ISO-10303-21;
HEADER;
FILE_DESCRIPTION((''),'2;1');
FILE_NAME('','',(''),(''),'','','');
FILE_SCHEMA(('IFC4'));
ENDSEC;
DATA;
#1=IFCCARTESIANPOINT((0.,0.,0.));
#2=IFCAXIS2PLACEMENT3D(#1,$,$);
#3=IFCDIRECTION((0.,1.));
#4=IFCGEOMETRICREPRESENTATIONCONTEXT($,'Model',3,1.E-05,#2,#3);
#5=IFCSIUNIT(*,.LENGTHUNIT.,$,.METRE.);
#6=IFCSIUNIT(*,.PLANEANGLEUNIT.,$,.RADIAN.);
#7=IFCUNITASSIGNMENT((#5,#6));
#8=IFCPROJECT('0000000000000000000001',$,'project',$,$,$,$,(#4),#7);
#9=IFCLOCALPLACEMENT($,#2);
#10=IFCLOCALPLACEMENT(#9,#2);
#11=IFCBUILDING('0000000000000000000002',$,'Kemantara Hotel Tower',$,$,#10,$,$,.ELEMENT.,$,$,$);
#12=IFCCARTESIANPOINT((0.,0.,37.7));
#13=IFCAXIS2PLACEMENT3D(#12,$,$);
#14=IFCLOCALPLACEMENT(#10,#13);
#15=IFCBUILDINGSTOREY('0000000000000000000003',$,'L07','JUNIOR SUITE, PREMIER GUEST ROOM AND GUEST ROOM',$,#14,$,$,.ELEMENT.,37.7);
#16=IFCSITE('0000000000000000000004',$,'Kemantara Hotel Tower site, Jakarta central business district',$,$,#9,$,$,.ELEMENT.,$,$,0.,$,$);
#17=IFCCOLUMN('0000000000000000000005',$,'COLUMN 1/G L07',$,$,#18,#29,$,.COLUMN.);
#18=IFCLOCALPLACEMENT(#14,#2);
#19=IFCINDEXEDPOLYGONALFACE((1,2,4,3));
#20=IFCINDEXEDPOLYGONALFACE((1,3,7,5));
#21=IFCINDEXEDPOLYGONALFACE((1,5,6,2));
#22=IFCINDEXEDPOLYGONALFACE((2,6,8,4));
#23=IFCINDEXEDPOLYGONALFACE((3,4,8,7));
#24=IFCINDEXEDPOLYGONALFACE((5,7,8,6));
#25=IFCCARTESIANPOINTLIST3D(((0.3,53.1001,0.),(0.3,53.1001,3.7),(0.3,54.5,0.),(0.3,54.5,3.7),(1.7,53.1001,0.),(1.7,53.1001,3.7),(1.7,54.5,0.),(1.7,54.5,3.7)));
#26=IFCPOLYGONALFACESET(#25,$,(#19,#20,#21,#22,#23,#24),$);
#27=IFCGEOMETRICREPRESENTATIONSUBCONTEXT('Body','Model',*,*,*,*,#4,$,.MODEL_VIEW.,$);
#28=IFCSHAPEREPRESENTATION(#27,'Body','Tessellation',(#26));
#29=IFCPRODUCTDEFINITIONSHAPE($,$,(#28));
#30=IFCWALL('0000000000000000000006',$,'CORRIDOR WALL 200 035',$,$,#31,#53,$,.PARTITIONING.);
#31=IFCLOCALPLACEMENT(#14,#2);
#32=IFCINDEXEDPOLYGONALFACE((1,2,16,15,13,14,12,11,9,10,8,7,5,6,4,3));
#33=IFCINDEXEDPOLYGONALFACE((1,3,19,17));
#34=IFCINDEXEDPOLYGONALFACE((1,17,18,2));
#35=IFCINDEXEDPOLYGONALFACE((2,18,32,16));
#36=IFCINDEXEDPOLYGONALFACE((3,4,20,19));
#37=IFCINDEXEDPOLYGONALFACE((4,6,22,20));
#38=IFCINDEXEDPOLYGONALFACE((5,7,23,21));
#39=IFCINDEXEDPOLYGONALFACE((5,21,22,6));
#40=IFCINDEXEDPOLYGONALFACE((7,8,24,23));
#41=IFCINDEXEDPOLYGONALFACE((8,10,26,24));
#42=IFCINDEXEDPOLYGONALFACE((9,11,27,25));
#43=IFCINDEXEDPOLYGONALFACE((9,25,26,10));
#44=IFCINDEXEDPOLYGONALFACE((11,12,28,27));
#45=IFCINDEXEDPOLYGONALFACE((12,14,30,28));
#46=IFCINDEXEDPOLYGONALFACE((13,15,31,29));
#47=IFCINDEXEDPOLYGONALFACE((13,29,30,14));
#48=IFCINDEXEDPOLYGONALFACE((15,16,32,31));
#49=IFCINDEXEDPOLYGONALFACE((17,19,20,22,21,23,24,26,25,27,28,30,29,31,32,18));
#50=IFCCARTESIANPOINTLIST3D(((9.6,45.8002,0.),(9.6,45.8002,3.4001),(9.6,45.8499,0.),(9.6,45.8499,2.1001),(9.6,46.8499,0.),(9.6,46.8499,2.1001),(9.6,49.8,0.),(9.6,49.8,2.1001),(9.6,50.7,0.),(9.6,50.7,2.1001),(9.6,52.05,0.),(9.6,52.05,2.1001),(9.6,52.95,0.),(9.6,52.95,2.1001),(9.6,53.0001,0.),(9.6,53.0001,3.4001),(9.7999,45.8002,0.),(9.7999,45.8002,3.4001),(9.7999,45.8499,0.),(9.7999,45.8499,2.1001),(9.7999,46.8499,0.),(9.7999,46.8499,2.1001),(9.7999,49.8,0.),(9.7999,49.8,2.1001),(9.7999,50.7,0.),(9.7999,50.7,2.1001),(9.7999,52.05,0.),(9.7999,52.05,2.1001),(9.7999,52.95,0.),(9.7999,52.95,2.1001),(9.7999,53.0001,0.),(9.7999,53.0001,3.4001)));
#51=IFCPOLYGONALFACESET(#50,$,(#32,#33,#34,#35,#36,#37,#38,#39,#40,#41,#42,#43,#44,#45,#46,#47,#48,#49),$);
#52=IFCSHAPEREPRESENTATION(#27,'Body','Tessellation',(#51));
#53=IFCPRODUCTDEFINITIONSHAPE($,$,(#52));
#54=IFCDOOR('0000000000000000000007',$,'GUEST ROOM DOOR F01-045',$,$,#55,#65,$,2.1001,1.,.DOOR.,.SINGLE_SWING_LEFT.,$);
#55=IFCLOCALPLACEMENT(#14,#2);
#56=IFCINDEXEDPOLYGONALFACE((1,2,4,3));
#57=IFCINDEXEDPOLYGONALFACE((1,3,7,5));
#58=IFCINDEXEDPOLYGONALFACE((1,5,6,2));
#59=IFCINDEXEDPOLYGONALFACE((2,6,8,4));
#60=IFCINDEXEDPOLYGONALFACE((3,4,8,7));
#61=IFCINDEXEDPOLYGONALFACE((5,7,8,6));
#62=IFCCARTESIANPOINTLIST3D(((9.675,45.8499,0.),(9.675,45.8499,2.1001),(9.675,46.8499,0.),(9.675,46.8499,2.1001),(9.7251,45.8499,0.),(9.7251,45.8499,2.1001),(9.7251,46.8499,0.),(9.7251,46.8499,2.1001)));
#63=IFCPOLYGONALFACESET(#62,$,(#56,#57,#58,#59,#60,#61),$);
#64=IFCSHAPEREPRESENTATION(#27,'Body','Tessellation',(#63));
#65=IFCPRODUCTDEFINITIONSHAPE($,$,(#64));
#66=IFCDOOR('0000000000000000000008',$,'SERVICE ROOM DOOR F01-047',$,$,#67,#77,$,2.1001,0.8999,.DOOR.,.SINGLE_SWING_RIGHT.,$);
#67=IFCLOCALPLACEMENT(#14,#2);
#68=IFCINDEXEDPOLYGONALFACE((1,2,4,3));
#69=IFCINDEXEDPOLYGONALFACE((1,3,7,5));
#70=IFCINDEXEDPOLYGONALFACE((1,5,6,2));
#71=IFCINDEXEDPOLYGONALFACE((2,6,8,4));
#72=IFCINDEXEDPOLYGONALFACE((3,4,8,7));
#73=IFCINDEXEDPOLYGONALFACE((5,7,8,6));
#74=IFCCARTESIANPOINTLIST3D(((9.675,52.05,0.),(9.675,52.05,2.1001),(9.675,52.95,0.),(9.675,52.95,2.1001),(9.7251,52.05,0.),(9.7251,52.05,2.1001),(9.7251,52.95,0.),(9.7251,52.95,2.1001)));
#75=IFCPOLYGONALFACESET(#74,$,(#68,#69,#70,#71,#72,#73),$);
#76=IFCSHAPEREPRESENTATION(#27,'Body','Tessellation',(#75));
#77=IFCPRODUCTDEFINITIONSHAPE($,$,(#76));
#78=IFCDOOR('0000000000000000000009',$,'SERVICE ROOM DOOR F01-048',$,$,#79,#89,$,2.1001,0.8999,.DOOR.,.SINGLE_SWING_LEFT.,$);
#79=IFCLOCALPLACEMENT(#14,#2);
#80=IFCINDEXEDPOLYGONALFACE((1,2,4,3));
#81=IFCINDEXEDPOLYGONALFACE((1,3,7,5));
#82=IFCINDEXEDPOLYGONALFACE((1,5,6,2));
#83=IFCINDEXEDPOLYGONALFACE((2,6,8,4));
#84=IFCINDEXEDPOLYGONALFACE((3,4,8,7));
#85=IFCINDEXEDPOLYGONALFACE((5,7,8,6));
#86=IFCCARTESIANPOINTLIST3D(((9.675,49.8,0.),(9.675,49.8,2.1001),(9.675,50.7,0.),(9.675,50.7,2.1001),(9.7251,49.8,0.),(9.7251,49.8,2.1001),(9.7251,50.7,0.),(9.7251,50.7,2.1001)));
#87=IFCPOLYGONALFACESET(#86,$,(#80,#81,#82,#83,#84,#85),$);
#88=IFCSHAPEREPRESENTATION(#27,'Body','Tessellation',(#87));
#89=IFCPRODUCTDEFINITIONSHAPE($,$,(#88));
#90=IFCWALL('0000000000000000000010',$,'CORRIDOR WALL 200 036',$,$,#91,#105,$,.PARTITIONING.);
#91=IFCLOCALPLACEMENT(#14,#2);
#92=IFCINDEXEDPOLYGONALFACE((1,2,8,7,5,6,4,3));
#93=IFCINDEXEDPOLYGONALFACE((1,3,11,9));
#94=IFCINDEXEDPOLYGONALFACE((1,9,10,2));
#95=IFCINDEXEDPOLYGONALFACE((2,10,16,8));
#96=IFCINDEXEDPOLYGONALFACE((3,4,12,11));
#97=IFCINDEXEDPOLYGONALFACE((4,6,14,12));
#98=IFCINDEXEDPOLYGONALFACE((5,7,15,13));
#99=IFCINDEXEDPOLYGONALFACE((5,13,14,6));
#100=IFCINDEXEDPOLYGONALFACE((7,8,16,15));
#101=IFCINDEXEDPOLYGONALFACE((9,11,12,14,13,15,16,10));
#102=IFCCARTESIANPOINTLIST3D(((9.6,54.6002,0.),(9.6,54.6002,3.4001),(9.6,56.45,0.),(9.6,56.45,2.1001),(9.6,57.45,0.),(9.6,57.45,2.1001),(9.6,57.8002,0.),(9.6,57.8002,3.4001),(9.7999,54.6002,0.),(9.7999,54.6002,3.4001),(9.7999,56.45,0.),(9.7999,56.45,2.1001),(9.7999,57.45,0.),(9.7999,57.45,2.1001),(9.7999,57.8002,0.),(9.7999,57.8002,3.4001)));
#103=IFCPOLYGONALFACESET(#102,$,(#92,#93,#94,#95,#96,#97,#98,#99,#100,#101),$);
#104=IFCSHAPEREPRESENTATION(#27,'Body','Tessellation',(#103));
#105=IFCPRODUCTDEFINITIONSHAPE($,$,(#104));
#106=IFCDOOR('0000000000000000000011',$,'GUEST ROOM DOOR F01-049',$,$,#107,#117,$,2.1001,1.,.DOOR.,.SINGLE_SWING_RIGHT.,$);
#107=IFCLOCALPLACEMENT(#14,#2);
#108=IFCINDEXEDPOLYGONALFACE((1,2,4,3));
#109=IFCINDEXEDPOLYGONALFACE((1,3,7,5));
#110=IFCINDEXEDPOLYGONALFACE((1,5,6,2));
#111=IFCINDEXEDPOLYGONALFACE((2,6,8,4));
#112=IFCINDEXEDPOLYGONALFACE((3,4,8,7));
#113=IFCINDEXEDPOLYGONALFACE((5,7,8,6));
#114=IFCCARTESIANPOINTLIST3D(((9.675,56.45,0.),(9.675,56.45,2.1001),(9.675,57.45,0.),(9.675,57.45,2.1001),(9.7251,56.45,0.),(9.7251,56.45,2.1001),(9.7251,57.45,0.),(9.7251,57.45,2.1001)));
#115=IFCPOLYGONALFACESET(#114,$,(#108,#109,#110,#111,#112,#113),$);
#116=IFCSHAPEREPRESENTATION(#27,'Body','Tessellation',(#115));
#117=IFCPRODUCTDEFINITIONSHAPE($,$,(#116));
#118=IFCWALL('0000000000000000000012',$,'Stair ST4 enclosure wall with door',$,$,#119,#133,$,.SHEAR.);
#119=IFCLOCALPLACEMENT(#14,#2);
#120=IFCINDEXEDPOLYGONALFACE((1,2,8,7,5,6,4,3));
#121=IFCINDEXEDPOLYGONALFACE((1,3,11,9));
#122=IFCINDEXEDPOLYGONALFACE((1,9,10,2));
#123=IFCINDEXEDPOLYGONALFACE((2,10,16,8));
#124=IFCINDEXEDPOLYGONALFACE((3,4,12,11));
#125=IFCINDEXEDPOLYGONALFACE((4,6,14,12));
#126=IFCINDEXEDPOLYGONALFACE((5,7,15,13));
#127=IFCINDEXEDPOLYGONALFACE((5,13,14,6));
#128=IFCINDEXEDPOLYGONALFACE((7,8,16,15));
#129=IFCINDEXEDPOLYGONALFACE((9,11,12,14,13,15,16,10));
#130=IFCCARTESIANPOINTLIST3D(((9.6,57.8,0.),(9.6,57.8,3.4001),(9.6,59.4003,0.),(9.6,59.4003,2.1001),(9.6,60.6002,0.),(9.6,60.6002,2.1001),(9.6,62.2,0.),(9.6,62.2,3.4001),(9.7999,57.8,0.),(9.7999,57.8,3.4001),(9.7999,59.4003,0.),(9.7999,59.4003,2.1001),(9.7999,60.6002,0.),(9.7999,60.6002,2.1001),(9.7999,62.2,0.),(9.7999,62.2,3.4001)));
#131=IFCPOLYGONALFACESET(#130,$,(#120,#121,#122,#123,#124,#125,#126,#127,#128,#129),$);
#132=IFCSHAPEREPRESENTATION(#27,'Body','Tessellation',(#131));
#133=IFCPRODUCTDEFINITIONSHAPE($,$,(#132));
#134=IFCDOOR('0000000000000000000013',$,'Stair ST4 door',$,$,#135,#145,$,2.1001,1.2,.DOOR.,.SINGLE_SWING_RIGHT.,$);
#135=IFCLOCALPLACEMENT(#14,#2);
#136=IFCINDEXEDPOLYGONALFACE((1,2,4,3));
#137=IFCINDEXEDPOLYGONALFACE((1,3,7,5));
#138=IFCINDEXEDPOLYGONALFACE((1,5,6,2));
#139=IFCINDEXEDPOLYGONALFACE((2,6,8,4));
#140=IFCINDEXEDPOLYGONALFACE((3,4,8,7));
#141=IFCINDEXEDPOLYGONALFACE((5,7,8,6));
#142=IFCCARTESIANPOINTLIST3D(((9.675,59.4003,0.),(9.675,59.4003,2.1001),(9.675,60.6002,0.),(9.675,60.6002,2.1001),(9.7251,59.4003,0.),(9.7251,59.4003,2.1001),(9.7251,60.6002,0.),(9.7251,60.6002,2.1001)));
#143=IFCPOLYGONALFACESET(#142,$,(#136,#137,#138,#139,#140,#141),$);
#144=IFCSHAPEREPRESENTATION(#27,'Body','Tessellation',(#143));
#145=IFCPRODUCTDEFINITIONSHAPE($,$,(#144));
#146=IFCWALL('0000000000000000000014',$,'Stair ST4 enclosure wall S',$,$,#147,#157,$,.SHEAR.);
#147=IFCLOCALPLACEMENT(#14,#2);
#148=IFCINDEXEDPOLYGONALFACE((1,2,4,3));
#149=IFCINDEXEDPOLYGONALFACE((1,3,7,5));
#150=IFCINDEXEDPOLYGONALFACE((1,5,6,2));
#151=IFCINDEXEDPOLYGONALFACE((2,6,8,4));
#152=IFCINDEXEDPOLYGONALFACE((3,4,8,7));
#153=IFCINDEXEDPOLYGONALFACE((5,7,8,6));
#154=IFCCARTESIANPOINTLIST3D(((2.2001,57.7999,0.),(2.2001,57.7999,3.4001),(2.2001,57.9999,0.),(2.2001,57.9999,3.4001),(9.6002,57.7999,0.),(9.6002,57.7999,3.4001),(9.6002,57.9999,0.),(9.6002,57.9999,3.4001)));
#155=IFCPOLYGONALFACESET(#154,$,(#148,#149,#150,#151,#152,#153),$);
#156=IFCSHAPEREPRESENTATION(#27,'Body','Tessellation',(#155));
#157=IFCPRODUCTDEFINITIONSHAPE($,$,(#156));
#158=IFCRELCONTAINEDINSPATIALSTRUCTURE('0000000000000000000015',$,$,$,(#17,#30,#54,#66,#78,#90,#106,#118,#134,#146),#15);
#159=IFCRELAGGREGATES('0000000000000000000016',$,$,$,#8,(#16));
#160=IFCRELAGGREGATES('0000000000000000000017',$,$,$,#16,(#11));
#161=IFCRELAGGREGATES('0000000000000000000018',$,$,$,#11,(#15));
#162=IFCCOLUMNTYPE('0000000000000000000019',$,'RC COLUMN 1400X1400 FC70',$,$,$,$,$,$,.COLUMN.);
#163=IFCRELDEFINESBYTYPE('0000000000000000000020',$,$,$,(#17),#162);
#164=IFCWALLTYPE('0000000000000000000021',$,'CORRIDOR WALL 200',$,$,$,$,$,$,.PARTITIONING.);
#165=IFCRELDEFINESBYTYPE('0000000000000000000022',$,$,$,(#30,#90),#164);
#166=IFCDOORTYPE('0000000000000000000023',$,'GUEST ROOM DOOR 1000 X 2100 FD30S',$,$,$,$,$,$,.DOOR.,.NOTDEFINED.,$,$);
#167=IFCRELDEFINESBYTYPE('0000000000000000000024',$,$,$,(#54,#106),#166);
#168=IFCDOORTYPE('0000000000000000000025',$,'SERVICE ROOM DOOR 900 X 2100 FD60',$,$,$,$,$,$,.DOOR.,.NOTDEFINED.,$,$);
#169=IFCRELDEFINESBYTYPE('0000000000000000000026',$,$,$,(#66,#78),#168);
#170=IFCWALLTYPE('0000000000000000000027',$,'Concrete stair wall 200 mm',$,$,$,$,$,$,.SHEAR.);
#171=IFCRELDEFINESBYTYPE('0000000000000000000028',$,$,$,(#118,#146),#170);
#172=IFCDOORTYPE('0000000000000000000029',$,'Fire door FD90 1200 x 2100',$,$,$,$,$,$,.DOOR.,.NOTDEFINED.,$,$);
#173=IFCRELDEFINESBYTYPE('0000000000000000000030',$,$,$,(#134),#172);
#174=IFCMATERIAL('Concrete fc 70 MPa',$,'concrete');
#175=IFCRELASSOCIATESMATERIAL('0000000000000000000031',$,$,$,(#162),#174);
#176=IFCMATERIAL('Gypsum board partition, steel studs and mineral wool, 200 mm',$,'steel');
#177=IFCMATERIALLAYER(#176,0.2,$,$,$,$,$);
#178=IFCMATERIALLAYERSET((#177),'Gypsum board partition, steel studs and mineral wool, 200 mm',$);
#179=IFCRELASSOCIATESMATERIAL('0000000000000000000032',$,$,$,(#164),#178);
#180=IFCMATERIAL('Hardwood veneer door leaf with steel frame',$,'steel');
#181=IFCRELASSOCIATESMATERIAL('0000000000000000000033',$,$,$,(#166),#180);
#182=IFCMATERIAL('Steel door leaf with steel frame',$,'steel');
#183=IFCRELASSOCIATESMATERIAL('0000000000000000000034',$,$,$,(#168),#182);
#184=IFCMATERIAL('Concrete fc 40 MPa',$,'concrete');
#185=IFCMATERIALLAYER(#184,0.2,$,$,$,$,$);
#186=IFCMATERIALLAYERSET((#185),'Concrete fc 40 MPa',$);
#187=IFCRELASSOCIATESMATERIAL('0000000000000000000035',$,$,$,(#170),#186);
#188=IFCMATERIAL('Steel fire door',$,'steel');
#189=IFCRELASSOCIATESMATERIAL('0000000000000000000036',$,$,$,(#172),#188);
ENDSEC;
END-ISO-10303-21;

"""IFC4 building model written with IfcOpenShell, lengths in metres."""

from ifc_helpers import new_model, si_unit, direction, frame, frame_2d, origin, origin_2d, place, context, subcontext, project, spatial, rectangle, extrude, material, layer, layer_set, material_profile, profile_set, type_object, element, fill, save


model = new_model("IFC4")

# Units and contexts
model_context = context("Model", 3, precision=1e-05, world=origin(), true_north=direction((0.0, 1.0)))
body_context = subcontext(model_context, "Body", "Model", "MODEL_VIEW")
ifc_project = project(units=[si_unit("LENGTHUNIT", "METRE"), si_unit("PLANEANGLEUNIT", "RADIAN")], contexts=[model_context])

# Site, building, storey
site_placement = place(None, origin())
site = spatial("IfcSite", under=ifc_project, at=site_placement, Name="Kemantara Hotel Tower site, Jakarta central business district", CompositionType="ELEMENT", RefElevation=0.0)
building_placement = place(site_placement, origin())
building = spatial("IfcBuilding", under=site, at=building_placement, Name="Kemantara Hotel Tower", CompositionType="ELEMENT")
storey_placement = place(building_placement, frame((0.0, 0.0, 37.7)))
storey = spatial("IfcBuildingStorey", under=building, at=storey_placement, Name="L07", Description="JUNIOR SUITE, PREMIER GUEST ROOM AND GUEST ROOM", CompositionType="ELEMENT", Elevation=37.7)

# Column
ifc_material_1 = material(Name="Concrete fc 70 MPa", Category="concrete")
ifc_material_profile = material_profile(ifc_material_1, rectangle(XDim=1.3999, YDim=1.3999, at=origin_2d()), Name="RC 1400X1400")
ifc_profile_set = profile_set([ifc_material_profile], Name="Concrete fc 70 MPa")
column_type = type_object("IfcColumnType", Name="RC COLUMN 1400X1400 FC70", PredefinedType="COLUMN", material=ifc_profile_set)
column_placement = place(storey_placement, frame((1.0, 53.8, 0.0), z_axis=(0.0, 0.0, 1.0), x_axis=(1.0, 0.0, 0.0)))
element("IfcColumn", 1, at=column_placement, inside=storey, type_object=column_type, Name="COLUMN 1/G L07", PredefinedType="COLUMN", context=body_context, shape_type="SweptSolid", body=[
    extrude(rectangle(XDim=1.3999, YDim=1.3999, at=origin_2d()), origin(), (0.0, 0.0, 1.0), 3.7),
])

# Wall, openings, doors
ifc_material_2 = material(Name="Gypsum board partition, steel studs and mineral wool, 200 mm", Category="steel")
ifc_layer_1 = layer(ifc_material_2, 0.2)
ifc_layer_set_1 = layer_set([ifc_layer_1], Name="Gypsum board partition, steel studs and mineral wool, 200 mm")
wall_type_1 = type_object("IfcWallType", Name="CORRIDOR WALL 200", PredefinedType="PARTITIONING", material=ifc_layer_set_1)
wall_1_placement = place(storey_placement, frame((9.7, 45.8, 0.0), z_axis=(0.0, 0.0, 1.0), x_axis=(0.0, 1.0, 0.0)))
wall_1 = element("IfcWall", 2, at=wall_1_placement, inside=storey, type_object=wall_type_1, Name="CORRIDOR WALL 200 035", PredefinedType="PARTITIONING", context=body_context, shape_type="SweptSolid", body=[
    extrude(rectangle(XDim=7.2, YDim=0.2, at=frame_2d((3.6001, 0.0))), origin(), (0.0, 0.0, 1.0), 3.4001),
])
opening_1_placement = place(wall_1_placement, frame((0.0498, 0.0, 0.0)))
opening_1 = element("IfcOpeningElement", 3, at=opening_1_placement, cuts=wall_1, PredefinedType="OPENING", context=body_context, shape_type="SweptSolid", body=[
    extrude(rectangle(XDim=1.0, YDim=2.1001, at=frame_2d((0.5, 1.05))), frame((0.0, 0.1099, 0.0), z_axis=(0.0, -1.0, 0.0), x_axis=(1.0, 0.0, 0.0)), (0.0, 0.0, 1.0), 0.22),
])
opening_2_placement = place(wall_1_placement, frame((6.25, 0.0, 0.0)))
opening_2 = element("IfcOpeningElement", 4, at=opening_2_placement, cuts=wall_1, PredefinedType="OPENING", context=body_context, shape_type="SweptSolid", body=[
    extrude(rectangle(XDim=0.8999, YDim=2.1001, at=frame_2d((0.45, 1.05))), frame((0.0, 0.1099, 0.0), z_axis=(0.0, -1.0, 0.0), x_axis=(1.0, 0.0, 0.0)), (0.0, 0.0, 1.0), 0.22),
])
opening_3_placement = place(wall_1_placement, frame((4.0, 0.0, 0.0)))
opening_3 = element("IfcOpeningElement", 5, at=opening_3_placement, cuts=wall_1, PredefinedType="OPENING", context=body_context, shape_type="SweptSolid", body=[
    extrude(rectangle(XDim=0.8999, YDim=2.1001, at=frame_2d((0.45, 1.05))), frame((0.0, 0.1099, 0.0), z_axis=(0.0, -1.0, 0.0), x_axis=(1.0, 0.0, 0.0)), (0.0, 0.0, 1.0), 0.22),
])
ifc_material_3 = material(Name="Hardwood veneer door leaf with steel frame", Category="steel")
door_type_1 = type_object("IfcDoorType", Name="GUEST ROOM DOOR 1000 X 2100 FD30S", OperationType="NOTDEFINED", PredefinedType="DOOR", material=ifc_material_3)
door_1_placement = place(opening_1_placement, origin())
door_1 = element("IfcDoor", 6, at=door_1_placement, inside=storey, type_object=door_type_1, Name="GUEST ROOM DOOR F01-045", OperationType="SINGLE_SWING_LEFT", OverallHeight=2.1001, OverallWidth=1.0, PredefinedType="DOOR", context=body_context, shape_type="SweptSolid", body=[
    extrude(rectangle(XDim=1.0, YDim=2.1001, at=frame_2d((0.5, 1.05))), frame((0.0, 0.0249, 0.0), z_axis=(0.0, -1.0, 0.0), x_axis=(1.0, 0.0, 0.0)), (0.0, 0.0, 1.0), 0.05),
])
fill(opening_1, door_1)
ifc_material_4 = material(Name="Steel door leaf with steel frame", Category="steel")
door_type_2 = type_object("IfcDoorType", Name="SERVICE ROOM DOOR 900 X 2100 FD60", OperationType="NOTDEFINED", PredefinedType="DOOR", material=ifc_material_4)
door_2_placement = place(opening_2_placement, origin())
door_2 = element("IfcDoor", 7, at=door_2_placement, inside=storey, type_object=door_type_2, Name="SERVICE ROOM DOOR F01-047", OperationType="SINGLE_SWING_RIGHT", OverallHeight=2.1001, OverallWidth=0.8999, PredefinedType="DOOR", context=body_context, shape_type="SweptSolid", body=[
    extrude(rectangle(XDim=0.8999, YDim=2.1001, at=frame_2d((0.45, 1.05))), frame((0.0, 0.0249, 0.0), z_axis=(0.0, -1.0, 0.0), x_axis=(1.0, 0.0, 0.0)), (0.0, 0.0, 1.0), 0.05),
])
fill(opening_2, door_2)
door_3_placement = place(opening_3_placement, origin())
door_3 = element("IfcDoor", 8, at=door_3_placement, inside=storey, type_object=door_type_2, Name="SERVICE ROOM DOOR F01-048", OperationType="SINGLE_SWING_LEFT", OverallHeight=2.1001, OverallWidth=0.8999, PredefinedType="DOOR", context=body_context, shape_type="SweptSolid", body=[
    extrude(rectangle(XDim=0.8999, YDim=2.1001, at=frame_2d((0.45, 1.05))), frame((0.0, 0.0249, 0.0), z_axis=(0.0, -1.0, 0.0), x_axis=(1.0, 0.0, 0.0)), (0.0, 0.0, 1.0), 0.05),
])
fill(opening_3, door_3)

# Walls, openings, doors
wall_2_placement = place(storey_placement, frame((9.7, 54.6001, 0.0), z_axis=(0.0, 0.0, 1.0), x_axis=(0.0, 1.0, 0.0)))
wall_2 = element("IfcWall", 9, at=wall_2_placement, inside=storey, type_object=wall_type_1, Name="CORRIDOR WALL 200 036", PredefinedType="PARTITIONING", context=body_context, shape_type="SweptSolid", body=[
    extrude(rectangle(XDim=3.2, YDim=0.2, at=frame_2d((1.6001, 0.0))), origin(), (0.0, 0.0, 1.0), 3.4001),
])
opening_4_placement = place(wall_2_placement, frame((1.8499, 0.0, 0.0)))
opening_4 = element("IfcOpeningElement", 10, at=opening_4_placement, cuts=wall_2, PredefinedType="OPENING", context=body_context, shape_type="SweptSolid", body=[
    extrude(rectangle(XDim=1.0, YDim=2.1001, at=frame_2d((0.5, 1.05))), frame((0.0, 0.1099, 0.0), z_axis=(0.0, -1.0, 0.0), x_axis=(1.0, 0.0, 0.0)), (0.0, 0.0, 1.0), 0.22),
])
door_4_placement = place(opening_4_placement, origin())
door_4 = element("IfcDoor", 11, at=door_4_placement, inside=storey, type_object=door_type_1, Name="GUEST ROOM DOOR F01-049", OperationType="SINGLE_SWING_RIGHT", OverallHeight=2.1001, OverallWidth=1.0, PredefinedType="DOOR", context=body_context, shape_type="SweptSolid", body=[
    extrude(rectangle(XDim=1.0, YDim=2.1001, at=frame_2d((0.5, 1.05))), frame((0.0, 0.0249, 0.0), z_axis=(0.0, -1.0, 0.0), x_axis=(1.0, 0.0, 0.0)), (0.0, 0.0, 1.0), 0.05),
])
fill(opening_4, door_4)
ifc_material_5 = material(Name="Concrete fc 40 MPa", Category="concrete")
ifc_layer_2 = layer(ifc_material_5, 0.2)
ifc_layer_set_2 = layer_set([ifc_layer_2], Name="Concrete fc 40 MPa")
wall_type_2 = type_object("IfcWallType", Name="Concrete stair wall 200 mm", PredefinedType="SHEAR", material=ifc_layer_set_2)
wall_3_placement = place(storey_placement, frame((9.7, 57.8, 0.0), z_axis=(0.0, 0.0, 1.0), x_axis=(0.0, 1.0, 0.0)))
wall_3 = element("IfcWall", 12, at=wall_3_placement, inside=storey, type_object=wall_type_2, Name="Stair ST4 enclosure wall with door", PredefinedType="SHEAR", context=body_context, shape_type="SweptSolid", body=[
    extrude(rectangle(XDim=4.3999, YDim=0.2, at=frame_2d((2.2, 0.0))), origin(), (0.0, 0.0, 1.0), 3.4001),
])
opening_5_placement = place(wall_3_placement, frame((1.6001, 0.0, 0.0)))
opening_5 = element("IfcOpeningElement", 13, at=opening_5_placement, cuts=wall_3, PredefinedType="OPENING", context=body_context, shape_type="SweptSolid", body=[
    extrude(rectangle(XDim=1.2, YDim=2.1001, at=frame_2d((0.6001, 1.05))), frame((0.0, 0.1099, 0.0), z_axis=(0.0, -1.0, 0.0), x_axis=(1.0, 0.0, 0.0)), (0.0, 0.0, 1.0), 0.22),
])
ifc_material_6 = material(Name="Steel fire door", Category="steel")
door_type_3 = type_object("IfcDoorType", Name="Fire door FD90 1200 x 2100", OperationType="NOTDEFINED", PredefinedType="DOOR", material=ifc_material_6)
door_5_placement = place(opening_5_placement, origin())
door_5 = element("IfcDoor", 14, at=door_5_placement, inside=storey, type_object=door_type_3, Name="Stair ST4 door", OperationType="SINGLE_SWING_RIGHT", OverallHeight=2.1001, OverallWidth=1.2, PredefinedType="DOOR", context=body_context, shape_type="SweptSolid", body=[
    extrude(rectangle(XDim=1.2, YDim=2.1001, at=frame_2d((0.6001, 1.05))), frame((0.0, 0.0249, 0.0), z_axis=(0.0, -1.0, 0.0), x_axis=(1.0, 0.0, 0.0)), (0.0, 0.0, 1.0), 0.05),
])
fill(opening_5, door_5)

# Wall
wall_4_placement = place(storey_placement, frame((2.2, 57.8999, 0.0), z_axis=(0.0, 0.0, 1.0), x_axis=(1.0, 0.0, 0.0)))
element("IfcWall", 15, at=wall_4_placement, inside=storey, type_object=wall_type_2, Name="Stair ST4 enclosure wall S", PredefinedType="SHEAR", context=body_context, shape_type="SweptSolid", body=[
    extrude(rectangle(XDim=7.4001, YDim=0.2, at=frame_2d((3.7002, 0.0))), origin(), (0.0, 0.0, 1.0), 3.4001),
])

save(model, "model.ifc")
